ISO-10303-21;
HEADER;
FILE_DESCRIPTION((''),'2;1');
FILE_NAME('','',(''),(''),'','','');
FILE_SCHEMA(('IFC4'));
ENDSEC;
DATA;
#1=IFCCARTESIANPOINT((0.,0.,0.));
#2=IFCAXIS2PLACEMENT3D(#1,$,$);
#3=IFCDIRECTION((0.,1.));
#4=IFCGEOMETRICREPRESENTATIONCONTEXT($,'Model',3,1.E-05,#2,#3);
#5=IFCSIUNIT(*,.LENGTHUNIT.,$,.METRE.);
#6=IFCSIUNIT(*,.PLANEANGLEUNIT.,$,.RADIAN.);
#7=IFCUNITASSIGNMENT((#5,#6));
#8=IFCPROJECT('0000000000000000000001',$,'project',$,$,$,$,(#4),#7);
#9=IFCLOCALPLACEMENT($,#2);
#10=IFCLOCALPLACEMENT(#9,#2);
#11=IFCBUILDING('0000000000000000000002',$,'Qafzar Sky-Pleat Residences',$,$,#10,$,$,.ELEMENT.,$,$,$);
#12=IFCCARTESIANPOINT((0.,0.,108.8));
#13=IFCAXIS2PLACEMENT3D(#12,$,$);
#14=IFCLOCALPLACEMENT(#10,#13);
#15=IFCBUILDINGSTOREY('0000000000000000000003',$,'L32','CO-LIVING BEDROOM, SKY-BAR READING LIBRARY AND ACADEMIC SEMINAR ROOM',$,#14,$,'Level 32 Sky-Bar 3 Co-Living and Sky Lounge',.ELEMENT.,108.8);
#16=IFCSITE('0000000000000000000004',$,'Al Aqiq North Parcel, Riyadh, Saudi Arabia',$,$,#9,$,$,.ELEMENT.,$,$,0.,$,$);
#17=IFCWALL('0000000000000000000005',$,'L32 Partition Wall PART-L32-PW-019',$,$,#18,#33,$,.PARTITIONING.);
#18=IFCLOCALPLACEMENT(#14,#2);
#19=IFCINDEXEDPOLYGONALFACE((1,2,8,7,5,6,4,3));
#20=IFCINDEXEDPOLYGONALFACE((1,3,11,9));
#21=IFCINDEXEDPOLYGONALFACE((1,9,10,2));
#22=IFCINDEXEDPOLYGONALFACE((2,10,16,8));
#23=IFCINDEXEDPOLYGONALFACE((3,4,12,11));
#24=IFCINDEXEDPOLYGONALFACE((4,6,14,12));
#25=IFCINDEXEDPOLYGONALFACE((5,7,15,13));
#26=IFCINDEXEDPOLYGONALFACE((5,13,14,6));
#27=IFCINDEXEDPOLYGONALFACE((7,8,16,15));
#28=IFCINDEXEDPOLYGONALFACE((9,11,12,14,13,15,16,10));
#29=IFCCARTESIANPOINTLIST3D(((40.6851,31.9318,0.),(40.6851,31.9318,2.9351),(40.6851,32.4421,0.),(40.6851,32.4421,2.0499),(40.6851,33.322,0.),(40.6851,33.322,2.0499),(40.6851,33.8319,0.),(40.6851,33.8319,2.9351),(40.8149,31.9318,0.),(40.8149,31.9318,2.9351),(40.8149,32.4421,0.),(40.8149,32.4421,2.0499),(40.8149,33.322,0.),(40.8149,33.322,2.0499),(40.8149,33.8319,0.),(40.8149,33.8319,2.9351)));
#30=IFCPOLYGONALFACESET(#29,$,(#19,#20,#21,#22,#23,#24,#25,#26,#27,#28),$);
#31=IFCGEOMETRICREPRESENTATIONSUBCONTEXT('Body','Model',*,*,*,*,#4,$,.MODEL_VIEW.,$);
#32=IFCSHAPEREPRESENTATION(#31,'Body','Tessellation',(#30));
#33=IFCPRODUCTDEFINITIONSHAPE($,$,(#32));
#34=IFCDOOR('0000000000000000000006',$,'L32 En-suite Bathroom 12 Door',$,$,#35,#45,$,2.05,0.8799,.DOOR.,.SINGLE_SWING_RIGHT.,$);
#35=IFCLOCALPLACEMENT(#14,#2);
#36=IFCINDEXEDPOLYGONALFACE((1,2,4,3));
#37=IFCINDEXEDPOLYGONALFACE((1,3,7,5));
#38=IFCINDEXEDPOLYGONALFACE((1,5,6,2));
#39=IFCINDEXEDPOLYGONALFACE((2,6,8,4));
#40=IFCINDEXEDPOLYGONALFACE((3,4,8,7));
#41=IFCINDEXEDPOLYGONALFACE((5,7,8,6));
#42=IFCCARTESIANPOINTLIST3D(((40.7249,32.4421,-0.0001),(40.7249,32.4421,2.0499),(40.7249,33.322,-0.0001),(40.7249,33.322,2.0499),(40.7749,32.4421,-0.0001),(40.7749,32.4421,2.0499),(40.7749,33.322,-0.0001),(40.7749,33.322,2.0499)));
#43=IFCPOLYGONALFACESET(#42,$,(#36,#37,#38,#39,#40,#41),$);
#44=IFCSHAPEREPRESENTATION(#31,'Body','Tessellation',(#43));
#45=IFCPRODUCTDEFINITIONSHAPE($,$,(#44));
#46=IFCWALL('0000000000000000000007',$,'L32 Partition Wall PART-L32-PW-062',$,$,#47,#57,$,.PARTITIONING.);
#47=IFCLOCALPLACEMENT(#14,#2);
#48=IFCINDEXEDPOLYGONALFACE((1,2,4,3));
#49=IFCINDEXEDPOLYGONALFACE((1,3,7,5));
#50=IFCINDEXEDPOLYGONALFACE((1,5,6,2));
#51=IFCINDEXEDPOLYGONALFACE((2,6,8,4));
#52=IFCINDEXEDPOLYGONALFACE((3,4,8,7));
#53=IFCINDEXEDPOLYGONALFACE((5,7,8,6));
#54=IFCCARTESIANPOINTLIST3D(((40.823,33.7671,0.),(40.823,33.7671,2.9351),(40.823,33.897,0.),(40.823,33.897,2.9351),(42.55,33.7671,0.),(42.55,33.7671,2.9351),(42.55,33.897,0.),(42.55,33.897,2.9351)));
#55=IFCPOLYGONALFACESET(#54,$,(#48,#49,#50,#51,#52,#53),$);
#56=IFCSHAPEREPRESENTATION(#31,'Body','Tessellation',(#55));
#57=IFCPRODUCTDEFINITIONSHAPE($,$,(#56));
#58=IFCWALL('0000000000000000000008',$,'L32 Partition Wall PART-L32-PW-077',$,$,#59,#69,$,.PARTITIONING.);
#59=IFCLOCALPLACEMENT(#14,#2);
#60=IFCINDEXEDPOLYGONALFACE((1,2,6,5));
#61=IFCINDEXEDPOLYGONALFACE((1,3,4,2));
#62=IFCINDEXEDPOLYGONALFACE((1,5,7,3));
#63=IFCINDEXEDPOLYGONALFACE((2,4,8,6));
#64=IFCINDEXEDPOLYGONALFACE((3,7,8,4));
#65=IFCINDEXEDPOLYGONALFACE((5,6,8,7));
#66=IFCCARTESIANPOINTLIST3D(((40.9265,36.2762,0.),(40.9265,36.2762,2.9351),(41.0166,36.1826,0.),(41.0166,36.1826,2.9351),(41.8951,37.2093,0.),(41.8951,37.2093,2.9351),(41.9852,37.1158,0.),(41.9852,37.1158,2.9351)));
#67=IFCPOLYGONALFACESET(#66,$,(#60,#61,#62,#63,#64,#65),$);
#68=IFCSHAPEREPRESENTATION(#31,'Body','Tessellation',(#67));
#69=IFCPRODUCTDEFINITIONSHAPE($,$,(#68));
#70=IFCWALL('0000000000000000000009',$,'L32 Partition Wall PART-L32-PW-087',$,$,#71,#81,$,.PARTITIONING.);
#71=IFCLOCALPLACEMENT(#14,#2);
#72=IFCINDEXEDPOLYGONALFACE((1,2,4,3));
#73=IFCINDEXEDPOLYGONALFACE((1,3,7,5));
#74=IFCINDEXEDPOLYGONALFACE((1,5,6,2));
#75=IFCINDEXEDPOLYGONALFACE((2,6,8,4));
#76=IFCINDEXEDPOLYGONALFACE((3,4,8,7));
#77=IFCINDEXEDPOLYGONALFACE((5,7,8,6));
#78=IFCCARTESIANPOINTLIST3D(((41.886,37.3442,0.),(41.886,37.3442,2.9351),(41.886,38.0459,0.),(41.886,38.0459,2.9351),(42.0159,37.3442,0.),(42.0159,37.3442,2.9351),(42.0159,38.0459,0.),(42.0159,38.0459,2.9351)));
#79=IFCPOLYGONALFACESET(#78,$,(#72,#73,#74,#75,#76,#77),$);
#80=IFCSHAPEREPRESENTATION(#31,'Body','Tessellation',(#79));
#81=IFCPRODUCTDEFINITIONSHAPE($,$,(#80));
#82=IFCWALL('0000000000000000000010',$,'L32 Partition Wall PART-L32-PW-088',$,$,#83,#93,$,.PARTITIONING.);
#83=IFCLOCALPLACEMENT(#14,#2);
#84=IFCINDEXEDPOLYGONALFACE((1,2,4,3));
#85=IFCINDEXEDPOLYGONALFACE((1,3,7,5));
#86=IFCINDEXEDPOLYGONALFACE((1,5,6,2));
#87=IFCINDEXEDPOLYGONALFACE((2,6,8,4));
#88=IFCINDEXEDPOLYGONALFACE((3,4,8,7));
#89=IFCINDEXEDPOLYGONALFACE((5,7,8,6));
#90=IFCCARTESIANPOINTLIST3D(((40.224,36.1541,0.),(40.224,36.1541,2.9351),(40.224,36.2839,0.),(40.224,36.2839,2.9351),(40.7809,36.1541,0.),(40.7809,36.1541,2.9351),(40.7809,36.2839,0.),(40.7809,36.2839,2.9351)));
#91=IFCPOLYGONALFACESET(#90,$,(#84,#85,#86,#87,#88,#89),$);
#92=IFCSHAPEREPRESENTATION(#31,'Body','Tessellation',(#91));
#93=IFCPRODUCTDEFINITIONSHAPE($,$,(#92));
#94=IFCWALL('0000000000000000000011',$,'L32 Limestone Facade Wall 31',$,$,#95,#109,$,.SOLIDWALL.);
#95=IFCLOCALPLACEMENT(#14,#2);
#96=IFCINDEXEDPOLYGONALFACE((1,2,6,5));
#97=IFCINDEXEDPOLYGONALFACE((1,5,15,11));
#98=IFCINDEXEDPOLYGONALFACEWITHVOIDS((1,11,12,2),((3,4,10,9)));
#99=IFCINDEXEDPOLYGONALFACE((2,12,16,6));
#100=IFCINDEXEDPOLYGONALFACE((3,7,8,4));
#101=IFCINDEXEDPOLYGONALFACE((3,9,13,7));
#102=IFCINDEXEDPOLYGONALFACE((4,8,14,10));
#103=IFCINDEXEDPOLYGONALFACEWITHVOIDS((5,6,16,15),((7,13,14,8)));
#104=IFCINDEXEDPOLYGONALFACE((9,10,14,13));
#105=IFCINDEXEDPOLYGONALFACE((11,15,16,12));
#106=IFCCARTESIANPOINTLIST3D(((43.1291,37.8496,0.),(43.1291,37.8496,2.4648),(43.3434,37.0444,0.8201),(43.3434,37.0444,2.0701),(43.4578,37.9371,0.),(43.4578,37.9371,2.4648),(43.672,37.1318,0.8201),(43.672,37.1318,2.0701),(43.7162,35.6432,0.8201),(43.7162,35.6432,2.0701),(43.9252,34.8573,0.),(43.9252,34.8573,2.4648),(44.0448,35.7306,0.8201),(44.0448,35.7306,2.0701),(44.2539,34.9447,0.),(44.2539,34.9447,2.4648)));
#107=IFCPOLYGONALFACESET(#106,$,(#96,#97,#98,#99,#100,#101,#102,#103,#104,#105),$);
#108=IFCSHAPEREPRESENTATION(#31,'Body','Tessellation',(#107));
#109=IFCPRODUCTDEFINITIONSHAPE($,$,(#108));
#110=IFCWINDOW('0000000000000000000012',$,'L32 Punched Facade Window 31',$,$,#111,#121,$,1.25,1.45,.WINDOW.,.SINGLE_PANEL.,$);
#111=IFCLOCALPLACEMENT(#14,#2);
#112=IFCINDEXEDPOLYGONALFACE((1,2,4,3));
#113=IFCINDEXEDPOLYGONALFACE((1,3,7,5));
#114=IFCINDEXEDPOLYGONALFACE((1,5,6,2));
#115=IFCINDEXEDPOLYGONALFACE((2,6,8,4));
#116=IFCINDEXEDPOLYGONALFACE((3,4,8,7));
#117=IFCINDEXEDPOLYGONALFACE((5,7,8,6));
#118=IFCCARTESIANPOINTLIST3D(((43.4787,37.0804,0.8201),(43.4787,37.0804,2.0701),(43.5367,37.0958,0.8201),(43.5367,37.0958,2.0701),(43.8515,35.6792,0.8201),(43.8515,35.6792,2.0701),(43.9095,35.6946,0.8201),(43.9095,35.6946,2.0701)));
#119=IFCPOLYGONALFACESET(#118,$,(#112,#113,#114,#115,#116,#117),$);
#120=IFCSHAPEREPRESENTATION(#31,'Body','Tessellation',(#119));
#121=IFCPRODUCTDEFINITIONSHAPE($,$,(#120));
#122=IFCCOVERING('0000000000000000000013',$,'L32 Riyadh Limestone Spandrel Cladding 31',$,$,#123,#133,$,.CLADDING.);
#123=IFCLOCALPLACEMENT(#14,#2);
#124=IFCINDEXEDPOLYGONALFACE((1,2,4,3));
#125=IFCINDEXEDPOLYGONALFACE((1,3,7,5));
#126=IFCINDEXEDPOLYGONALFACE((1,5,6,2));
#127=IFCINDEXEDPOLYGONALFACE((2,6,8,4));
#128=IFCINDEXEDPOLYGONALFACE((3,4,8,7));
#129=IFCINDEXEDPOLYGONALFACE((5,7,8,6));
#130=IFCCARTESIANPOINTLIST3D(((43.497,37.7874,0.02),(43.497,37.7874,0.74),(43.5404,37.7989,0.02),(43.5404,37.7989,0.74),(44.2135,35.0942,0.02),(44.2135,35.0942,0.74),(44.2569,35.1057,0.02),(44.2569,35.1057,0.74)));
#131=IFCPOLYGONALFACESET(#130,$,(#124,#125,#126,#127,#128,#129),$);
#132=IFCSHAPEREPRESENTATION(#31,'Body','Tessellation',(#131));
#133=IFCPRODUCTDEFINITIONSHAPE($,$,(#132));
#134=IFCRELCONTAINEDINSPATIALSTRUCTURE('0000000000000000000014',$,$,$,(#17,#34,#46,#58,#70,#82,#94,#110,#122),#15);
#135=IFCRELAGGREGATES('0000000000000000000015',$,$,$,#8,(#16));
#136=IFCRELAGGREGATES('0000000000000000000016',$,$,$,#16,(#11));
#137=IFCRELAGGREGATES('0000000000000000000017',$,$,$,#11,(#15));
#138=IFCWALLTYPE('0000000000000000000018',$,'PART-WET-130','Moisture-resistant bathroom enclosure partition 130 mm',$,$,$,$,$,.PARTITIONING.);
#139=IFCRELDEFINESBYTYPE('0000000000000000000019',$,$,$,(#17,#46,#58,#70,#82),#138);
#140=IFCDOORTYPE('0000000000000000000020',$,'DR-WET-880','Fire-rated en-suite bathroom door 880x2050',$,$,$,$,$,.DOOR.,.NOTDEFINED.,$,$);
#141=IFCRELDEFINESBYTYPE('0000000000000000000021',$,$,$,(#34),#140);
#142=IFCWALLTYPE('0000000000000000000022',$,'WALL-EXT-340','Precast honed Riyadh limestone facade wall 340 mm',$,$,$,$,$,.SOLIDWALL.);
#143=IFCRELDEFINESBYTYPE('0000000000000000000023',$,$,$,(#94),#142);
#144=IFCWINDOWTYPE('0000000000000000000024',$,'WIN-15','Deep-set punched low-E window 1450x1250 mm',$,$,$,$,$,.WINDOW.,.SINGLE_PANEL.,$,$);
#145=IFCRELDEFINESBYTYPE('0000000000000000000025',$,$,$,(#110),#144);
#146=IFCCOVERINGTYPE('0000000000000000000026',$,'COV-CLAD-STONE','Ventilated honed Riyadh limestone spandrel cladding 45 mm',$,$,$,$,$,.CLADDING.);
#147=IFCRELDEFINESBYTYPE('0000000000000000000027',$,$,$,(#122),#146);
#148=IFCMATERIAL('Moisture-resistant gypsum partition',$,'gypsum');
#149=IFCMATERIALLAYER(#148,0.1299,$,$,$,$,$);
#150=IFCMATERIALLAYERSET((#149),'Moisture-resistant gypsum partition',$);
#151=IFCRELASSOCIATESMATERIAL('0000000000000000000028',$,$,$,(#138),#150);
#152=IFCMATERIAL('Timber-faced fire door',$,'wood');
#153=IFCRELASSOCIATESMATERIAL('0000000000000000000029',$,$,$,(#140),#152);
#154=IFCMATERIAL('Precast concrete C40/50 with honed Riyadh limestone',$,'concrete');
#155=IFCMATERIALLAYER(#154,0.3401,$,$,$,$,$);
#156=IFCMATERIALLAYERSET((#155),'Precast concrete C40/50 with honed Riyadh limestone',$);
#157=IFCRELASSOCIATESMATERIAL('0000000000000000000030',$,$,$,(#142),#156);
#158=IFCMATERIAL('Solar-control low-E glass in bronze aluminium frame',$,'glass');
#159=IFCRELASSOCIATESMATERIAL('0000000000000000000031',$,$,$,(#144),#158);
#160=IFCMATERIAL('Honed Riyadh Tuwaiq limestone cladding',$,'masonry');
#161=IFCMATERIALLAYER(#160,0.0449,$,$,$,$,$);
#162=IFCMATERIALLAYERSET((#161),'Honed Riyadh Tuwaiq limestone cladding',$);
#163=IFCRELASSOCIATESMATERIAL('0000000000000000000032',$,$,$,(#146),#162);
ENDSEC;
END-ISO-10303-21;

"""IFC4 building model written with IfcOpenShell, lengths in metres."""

from ifc_helpers import new_model, si_unit, direction, frame, frame_2d, origin, origin_2d, place, context, subcontext, project, spatial, rectangle, extrude, source, transform, mapped, material, layer, layer_set, type_object, element, fill, save


model = new_model("IFC4")

# Units and contexts
model_context = context("Model", 3, precision=1e-05, world=origin(), true_north=direction((0.0, 1.0)))
body_context = subcontext(model_context, "Body", "Model", "MODEL_VIEW")
ifc_project = project(units=[si_unit("LENGTHUNIT", "METRE"), si_unit("PLANEANGLEUNIT", "RADIAN")], contexts=[model_context])

# Site, building, storey
site_placement = place(None, origin())
site = spatial("IfcSite", under=ifc_project, at=site_placement, Name="Al Aqiq North Parcel, Riyadh, Saudi Arabia", CompositionType="ELEMENT", RefElevation=0.0)
building_placement = place(site_placement, origin())
building = spatial("IfcBuilding", under=site, at=building_placement, Name="Qafzar Sky-Pleat Residences", CompositionType="ELEMENT")
storey_placement = place(building_placement, frame((0.0, 0.0, 108.8)))
storey = spatial("IfcBuildingStorey", under=building, at=storey_placement, Name="L32", Description="CO-LIVING BEDROOM, SKY-BAR READING LIBRARY AND ACADEMIC SEMINAR ROOM", LongName="Level 32 Sky-Bar 3 Co-Living and Sky Lounge", CompositionType="ELEMENT", Elevation=108.8)

# Wall, opening, door
ifc_material_1 = material(Name="Moisture-resistant gypsum partition", Category="gypsum")
ifc_layer_1 = layer(ifc_material_1, 0.1299)
ifc_layer_set_1 = layer_set([ifc_layer_1], Name="Moisture-resistant gypsum partition")
wall_type_1 = type_object("IfcWallType", Name="PART-WET-130", Description="Moisture-resistant bathroom enclosure partition 130 mm", PredefinedType="PARTITIONING", material=ifc_layer_set_1)
wall_1_placement = place(storey_placement, frame((40.75, 33.832, 0.0), z_axis=(0.0, 0.0, 1.0), x_axis=(0.0, -1.0, 0.0)))
wall_1 = element("IfcWall", 1, at=wall_1_placement, inside=storey, type_object=wall_type_1, Name="L32 Partition Wall PART-L32-PW-019", PredefinedType="PARTITIONING", context=body_context, shape_type="SweptSolid", body=[
    extrude(rectangle(XDim=1.9001, YDim=0.1299, at=frame_2d((0.9502, 0.0))), origin(), (0.0, 0.0, 1.0), 2.9351),
])
opening_1_placement = place(wall_1_placement, frame((0.51, 0.0, 0.0)))
opening_1 = element("IfcOpeningElement", 2, at=opening_1_placement, cuts=wall_1, PredefinedType="OPENING", context=body_context, shape_type="SweptSolid", body=[
    extrude(rectangle(XDim=0.8799, YDim=2.05, at=frame_2d((0.4399, 1.0249))), frame((0.0, 0.075, 0.0), z_axis=(0.0, -1.0, 0.0), x_axis=(1.0, 0.0, 0.0)), (0.0, 0.0, 1.0), 0.1499),
])
ifc_material_2 = material(Name="Timber-faced fire door", Category="wood")
door_type = type_object("IfcDoorType", Name="DR-WET-880", Description="Fire-rated en-suite bathroom door 880x2050", OperationType="NOTDEFINED", PredefinedType="DOOR", material=ifc_material_2)
shared_shape_1 = source(origin(), body_context, "Body", "SweptSolid", [
    extrude(rectangle(XDim=0.8799, YDim=2.05, at=frame_2d((0.4399, 1.0249))), frame((0.0, 0.0249, 0.0), z_axis=(0.0, -1.0, 0.0), x_axis=(1.0, 0.0, 0.0)), (0.0, 0.0, 1.0), 0.05),
])
door_placement = place(opening_1_placement, origin())
door = element("IfcDoor", 3, at=door_placement, inside=storey, type_object=door_type, Name="L32 En-suite Bathroom 12 Door", OperationType="SINGLE_SWING_RIGHT", OverallHeight=2.05, OverallWidth=0.8799, PredefinedType="DOOR", context=body_context, shape_type="MappedRepresentation", body=[
    mapped(shared_shape_1, transform((0.0, 0.0, 0.0), x_axis=(1.0, 0.0, 0.0), y_axis=(0.0, 1.0, 0.0), z_axis=(0.0, 0.0, 1.0), scale=1.0)),
])
fill(opening_1, door)

# Walls
wall_2_placement = place(storey_placement, frame((40.823, 33.832, 0.0), z_axis=(0.0, 0.0, 1.0), x_axis=(1.0, 0.0, 0.0)))
element("IfcWall", 4, at=wall_2_placement, inside=storey, type_object=wall_type_1, Name="L32 Partition Wall PART-L32-PW-062", PredefinedType="PARTITIONING", context=body_context, shape_type="SweptSolid", body=[
    extrude(rectangle(XDim=1.7271, YDim=0.1299, at=frame_2d((0.8635, 0.0))), origin(), (0.0, 0.0, 1.0), 2.9351),
])
wall_3_placement = place(storey_placement, frame((40.9717, 36.2295, 0.0), z_axis=(0.0, 0.0, 1.0), x_axis=(0.720146, 0.693823, 0.0)))
element("IfcWall", 5, at=wall_3_placement, inside=storey, type_object=wall_type_1, Name="L32 Partition Wall PART-L32-PW-077", PredefinedType="PARTITIONING", context=body_context, shape_type="SweptSolid", body=[
    extrude(rectangle(XDim=1.345, YDim=0.1299, at=frame_2d((0.6724, 0.0))), origin(), (0.0, 0.0, 1.0), 2.9351),
])
wall_4_placement = place(storey_placement, frame((41.9509, 37.3442, 0.0), z_axis=(0.0, 0.0, 1.0), x_axis=(0.0, 1.0, 0.0)))
element("IfcWall", 6, at=wall_4_placement, inside=storey, type_object=wall_type_1, Name="L32 Partition Wall PART-L32-PW-087", PredefinedType="PARTITIONING", context=body_context, shape_type="SweptSolid", body=[
    extrude(rectangle(XDim=0.7017, YDim=0.1299, at=frame_2d((0.3508, 0.0))), origin(), (0.0, 0.0, 1.0), 2.9351),
])
wall_5_placement = place(storey_placement, frame((40.2241, 36.219, 0.0), z_axis=(0.0, 0.0, 1.0), x_axis=(1.0, 0.0, 0.0)))
element("IfcWall", 7, at=wall_5_placement, inside=storey, type_object=wall_type_1, Name="L32 Partition Wall PART-L32-PW-088", PredefinedType="PARTITIONING", context=body_context, shape_type="SweptSolid", body=[
    extrude(rectangle(XDim=0.5569, YDim=0.1299, at=frame_2d((0.2783, 0.0))), origin(), (0.0, 0.0, 1.0), 2.9351),
])

# Wall, opening, window
ifc_material_3 = material(Name="Precast concrete C40/50 with honed Riyadh limestone", Category="concrete")
ifc_layer_2 = layer(ifc_material_3, 0.3401)
ifc_layer_set_2 = layer_set([ifc_layer_2], Name="Precast concrete C40/50 with honed Riyadh limestone")
wall_type_2 = type_object("IfcWallType", Name="WALL-EXT-340", Description="Precast honed Riyadh limestone facade wall 340 mm", PredefinedType="SOLIDWALL", material=ifc_layer_set_2)
wall_6_placement = place(storey_placement, frame((44.0896, 34.9009, 0.0), z_axis=(0.0, 0.0, 1.0), x_axis=(-0.257108, 0.966383, 0.0)))
wall_6 = element("IfcWall", 8, at=wall_6_placement, inside=storey, type_object=wall_type_2, Name="L32 Limestone Facade Wall 31", PredefinedType="SOLIDWALL", context=body_context, shape_type="SweptSolid", body=[
    extrude(rectangle(XDim=3.0964, YDim=0.3401, at=frame_2d((1.5483, 0.0))), origin(), (0.0, 0.0, 1.0), 2.4648),
])
opening_2_placement = place(wall_6_placement, frame((0.8132, 0.0, 0.8201)))
opening_2 = element("IfcOpeningElement", 9, at=opening_2_placement, cuts=wall_6, PredefinedType="OPENING", context=body_context, shape_type="SweptSolid", body=[
    extrude(rectangle(XDim=1.45, YDim=1.25, at=frame_2d((0.7251, 0.625))), frame((0.0, 0.1802, 0.0), z_axis=(0.0, -1.0, 0.0), x_axis=(1.0, 0.0, 0.0)), (0.0, 0.0, 1.0), 0.3601),
])
ifc_material_4 = material(Name="Solar-control low-E glass in bronze aluminium frame", Category="glass")
window_type = type_object("IfcWindowType", Name="WIN-15", Description="Deep-set punched low-E window 1450x1250 mm", PartitioningType="SINGLE_PANEL", PredefinedType="WINDOW", material=ifc_material_4)
shared_shape_2 = source(origin(), body_context, "Body", "SweptSolid", [
    extrude(rectangle(XDim=1.45, YDim=1.25, at=frame_2d((0.7251, 0.625))), frame((0.0, 0.03, 0.0), z_axis=(0.0, -1.0, 0.0), x_axis=(1.0, 0.0, 0.0)), (0.0, 0.0, 1.0), 0.0601),
])
window_placement = place(opening_2_placement, origin())
window = element("IfcWindow", 10, at=window_placement, inside=storey, type_object=window_type, Name="L32 Punched Facade Window 31", OverallHeight=1.25, OverallWidth=1.45, PartitioningType="SINGLE_PANEL", PredefinedType="WINDOW", context=body_context, shape_type="MappedRepresentation", body=[
    mapped(shared_shape_2, transform((0.0, 0.0, 0.0), x_axis=(1.0, 0.0, 0.0), y_axis=(0.0, 1.0, 0.0), z_axis=(0.0, 0.0, 1.0), scale=1.0)),
])
fill(opening_2, window)

# Covering
ifc_material_5 = material(Name="Honed Riyadh Tuwaiq limestone cladding", Category="masonry")
ifc_layer_3 = layer(ifc_material_5, 0.0449)
ifc_layer_set_3 = layer_set([ifc_layer_3], Name="Honed Riyadh Tuwaiq limestone cladding")
covering_type = type_object("IfcCoveringType", Name="COV-CLAD-STONE", Description="Ventilated honed Riyadh limestone spandrel cladding 45 mm", PredefinedType="CLADDING", material=ifc_layer_set_3)
shared_shape_3 = source(origin(), body_context, "Body", "SweptSolid", [
    extrude(rectangle(XDim=2.7869, YDim=0.0449, at=origin_2d()), origin(), (0.0, 0.0, 1.0), 0.72),
])
covering_placement = place(storey_placement, frame((43.877, 36.4465, 0.02), z_axis=(0.0, 0.0, 1.0), x_axis=(-0.25709, 0.966388, 0.0)))
element("IfcCovering", 11, at=covering_placement, inside=storey, type_object=covering_type, Name="L32 Riyadh Limestone Spandrel Cladding 31", PredefinedType="CLADDING", context=body_context, shape_type="MappedRepresentation", body=[
    mapped(shared_shape_3, transform((0.0, 0.0, 0.0), x_axis=(1.0, 0.0, 0.0), y_axis=(0.0, 1.0, 0.0), z_axis=(0.0, 0.0, 1.0), scale=1.0)),
])

save(model, "model.ifc")
